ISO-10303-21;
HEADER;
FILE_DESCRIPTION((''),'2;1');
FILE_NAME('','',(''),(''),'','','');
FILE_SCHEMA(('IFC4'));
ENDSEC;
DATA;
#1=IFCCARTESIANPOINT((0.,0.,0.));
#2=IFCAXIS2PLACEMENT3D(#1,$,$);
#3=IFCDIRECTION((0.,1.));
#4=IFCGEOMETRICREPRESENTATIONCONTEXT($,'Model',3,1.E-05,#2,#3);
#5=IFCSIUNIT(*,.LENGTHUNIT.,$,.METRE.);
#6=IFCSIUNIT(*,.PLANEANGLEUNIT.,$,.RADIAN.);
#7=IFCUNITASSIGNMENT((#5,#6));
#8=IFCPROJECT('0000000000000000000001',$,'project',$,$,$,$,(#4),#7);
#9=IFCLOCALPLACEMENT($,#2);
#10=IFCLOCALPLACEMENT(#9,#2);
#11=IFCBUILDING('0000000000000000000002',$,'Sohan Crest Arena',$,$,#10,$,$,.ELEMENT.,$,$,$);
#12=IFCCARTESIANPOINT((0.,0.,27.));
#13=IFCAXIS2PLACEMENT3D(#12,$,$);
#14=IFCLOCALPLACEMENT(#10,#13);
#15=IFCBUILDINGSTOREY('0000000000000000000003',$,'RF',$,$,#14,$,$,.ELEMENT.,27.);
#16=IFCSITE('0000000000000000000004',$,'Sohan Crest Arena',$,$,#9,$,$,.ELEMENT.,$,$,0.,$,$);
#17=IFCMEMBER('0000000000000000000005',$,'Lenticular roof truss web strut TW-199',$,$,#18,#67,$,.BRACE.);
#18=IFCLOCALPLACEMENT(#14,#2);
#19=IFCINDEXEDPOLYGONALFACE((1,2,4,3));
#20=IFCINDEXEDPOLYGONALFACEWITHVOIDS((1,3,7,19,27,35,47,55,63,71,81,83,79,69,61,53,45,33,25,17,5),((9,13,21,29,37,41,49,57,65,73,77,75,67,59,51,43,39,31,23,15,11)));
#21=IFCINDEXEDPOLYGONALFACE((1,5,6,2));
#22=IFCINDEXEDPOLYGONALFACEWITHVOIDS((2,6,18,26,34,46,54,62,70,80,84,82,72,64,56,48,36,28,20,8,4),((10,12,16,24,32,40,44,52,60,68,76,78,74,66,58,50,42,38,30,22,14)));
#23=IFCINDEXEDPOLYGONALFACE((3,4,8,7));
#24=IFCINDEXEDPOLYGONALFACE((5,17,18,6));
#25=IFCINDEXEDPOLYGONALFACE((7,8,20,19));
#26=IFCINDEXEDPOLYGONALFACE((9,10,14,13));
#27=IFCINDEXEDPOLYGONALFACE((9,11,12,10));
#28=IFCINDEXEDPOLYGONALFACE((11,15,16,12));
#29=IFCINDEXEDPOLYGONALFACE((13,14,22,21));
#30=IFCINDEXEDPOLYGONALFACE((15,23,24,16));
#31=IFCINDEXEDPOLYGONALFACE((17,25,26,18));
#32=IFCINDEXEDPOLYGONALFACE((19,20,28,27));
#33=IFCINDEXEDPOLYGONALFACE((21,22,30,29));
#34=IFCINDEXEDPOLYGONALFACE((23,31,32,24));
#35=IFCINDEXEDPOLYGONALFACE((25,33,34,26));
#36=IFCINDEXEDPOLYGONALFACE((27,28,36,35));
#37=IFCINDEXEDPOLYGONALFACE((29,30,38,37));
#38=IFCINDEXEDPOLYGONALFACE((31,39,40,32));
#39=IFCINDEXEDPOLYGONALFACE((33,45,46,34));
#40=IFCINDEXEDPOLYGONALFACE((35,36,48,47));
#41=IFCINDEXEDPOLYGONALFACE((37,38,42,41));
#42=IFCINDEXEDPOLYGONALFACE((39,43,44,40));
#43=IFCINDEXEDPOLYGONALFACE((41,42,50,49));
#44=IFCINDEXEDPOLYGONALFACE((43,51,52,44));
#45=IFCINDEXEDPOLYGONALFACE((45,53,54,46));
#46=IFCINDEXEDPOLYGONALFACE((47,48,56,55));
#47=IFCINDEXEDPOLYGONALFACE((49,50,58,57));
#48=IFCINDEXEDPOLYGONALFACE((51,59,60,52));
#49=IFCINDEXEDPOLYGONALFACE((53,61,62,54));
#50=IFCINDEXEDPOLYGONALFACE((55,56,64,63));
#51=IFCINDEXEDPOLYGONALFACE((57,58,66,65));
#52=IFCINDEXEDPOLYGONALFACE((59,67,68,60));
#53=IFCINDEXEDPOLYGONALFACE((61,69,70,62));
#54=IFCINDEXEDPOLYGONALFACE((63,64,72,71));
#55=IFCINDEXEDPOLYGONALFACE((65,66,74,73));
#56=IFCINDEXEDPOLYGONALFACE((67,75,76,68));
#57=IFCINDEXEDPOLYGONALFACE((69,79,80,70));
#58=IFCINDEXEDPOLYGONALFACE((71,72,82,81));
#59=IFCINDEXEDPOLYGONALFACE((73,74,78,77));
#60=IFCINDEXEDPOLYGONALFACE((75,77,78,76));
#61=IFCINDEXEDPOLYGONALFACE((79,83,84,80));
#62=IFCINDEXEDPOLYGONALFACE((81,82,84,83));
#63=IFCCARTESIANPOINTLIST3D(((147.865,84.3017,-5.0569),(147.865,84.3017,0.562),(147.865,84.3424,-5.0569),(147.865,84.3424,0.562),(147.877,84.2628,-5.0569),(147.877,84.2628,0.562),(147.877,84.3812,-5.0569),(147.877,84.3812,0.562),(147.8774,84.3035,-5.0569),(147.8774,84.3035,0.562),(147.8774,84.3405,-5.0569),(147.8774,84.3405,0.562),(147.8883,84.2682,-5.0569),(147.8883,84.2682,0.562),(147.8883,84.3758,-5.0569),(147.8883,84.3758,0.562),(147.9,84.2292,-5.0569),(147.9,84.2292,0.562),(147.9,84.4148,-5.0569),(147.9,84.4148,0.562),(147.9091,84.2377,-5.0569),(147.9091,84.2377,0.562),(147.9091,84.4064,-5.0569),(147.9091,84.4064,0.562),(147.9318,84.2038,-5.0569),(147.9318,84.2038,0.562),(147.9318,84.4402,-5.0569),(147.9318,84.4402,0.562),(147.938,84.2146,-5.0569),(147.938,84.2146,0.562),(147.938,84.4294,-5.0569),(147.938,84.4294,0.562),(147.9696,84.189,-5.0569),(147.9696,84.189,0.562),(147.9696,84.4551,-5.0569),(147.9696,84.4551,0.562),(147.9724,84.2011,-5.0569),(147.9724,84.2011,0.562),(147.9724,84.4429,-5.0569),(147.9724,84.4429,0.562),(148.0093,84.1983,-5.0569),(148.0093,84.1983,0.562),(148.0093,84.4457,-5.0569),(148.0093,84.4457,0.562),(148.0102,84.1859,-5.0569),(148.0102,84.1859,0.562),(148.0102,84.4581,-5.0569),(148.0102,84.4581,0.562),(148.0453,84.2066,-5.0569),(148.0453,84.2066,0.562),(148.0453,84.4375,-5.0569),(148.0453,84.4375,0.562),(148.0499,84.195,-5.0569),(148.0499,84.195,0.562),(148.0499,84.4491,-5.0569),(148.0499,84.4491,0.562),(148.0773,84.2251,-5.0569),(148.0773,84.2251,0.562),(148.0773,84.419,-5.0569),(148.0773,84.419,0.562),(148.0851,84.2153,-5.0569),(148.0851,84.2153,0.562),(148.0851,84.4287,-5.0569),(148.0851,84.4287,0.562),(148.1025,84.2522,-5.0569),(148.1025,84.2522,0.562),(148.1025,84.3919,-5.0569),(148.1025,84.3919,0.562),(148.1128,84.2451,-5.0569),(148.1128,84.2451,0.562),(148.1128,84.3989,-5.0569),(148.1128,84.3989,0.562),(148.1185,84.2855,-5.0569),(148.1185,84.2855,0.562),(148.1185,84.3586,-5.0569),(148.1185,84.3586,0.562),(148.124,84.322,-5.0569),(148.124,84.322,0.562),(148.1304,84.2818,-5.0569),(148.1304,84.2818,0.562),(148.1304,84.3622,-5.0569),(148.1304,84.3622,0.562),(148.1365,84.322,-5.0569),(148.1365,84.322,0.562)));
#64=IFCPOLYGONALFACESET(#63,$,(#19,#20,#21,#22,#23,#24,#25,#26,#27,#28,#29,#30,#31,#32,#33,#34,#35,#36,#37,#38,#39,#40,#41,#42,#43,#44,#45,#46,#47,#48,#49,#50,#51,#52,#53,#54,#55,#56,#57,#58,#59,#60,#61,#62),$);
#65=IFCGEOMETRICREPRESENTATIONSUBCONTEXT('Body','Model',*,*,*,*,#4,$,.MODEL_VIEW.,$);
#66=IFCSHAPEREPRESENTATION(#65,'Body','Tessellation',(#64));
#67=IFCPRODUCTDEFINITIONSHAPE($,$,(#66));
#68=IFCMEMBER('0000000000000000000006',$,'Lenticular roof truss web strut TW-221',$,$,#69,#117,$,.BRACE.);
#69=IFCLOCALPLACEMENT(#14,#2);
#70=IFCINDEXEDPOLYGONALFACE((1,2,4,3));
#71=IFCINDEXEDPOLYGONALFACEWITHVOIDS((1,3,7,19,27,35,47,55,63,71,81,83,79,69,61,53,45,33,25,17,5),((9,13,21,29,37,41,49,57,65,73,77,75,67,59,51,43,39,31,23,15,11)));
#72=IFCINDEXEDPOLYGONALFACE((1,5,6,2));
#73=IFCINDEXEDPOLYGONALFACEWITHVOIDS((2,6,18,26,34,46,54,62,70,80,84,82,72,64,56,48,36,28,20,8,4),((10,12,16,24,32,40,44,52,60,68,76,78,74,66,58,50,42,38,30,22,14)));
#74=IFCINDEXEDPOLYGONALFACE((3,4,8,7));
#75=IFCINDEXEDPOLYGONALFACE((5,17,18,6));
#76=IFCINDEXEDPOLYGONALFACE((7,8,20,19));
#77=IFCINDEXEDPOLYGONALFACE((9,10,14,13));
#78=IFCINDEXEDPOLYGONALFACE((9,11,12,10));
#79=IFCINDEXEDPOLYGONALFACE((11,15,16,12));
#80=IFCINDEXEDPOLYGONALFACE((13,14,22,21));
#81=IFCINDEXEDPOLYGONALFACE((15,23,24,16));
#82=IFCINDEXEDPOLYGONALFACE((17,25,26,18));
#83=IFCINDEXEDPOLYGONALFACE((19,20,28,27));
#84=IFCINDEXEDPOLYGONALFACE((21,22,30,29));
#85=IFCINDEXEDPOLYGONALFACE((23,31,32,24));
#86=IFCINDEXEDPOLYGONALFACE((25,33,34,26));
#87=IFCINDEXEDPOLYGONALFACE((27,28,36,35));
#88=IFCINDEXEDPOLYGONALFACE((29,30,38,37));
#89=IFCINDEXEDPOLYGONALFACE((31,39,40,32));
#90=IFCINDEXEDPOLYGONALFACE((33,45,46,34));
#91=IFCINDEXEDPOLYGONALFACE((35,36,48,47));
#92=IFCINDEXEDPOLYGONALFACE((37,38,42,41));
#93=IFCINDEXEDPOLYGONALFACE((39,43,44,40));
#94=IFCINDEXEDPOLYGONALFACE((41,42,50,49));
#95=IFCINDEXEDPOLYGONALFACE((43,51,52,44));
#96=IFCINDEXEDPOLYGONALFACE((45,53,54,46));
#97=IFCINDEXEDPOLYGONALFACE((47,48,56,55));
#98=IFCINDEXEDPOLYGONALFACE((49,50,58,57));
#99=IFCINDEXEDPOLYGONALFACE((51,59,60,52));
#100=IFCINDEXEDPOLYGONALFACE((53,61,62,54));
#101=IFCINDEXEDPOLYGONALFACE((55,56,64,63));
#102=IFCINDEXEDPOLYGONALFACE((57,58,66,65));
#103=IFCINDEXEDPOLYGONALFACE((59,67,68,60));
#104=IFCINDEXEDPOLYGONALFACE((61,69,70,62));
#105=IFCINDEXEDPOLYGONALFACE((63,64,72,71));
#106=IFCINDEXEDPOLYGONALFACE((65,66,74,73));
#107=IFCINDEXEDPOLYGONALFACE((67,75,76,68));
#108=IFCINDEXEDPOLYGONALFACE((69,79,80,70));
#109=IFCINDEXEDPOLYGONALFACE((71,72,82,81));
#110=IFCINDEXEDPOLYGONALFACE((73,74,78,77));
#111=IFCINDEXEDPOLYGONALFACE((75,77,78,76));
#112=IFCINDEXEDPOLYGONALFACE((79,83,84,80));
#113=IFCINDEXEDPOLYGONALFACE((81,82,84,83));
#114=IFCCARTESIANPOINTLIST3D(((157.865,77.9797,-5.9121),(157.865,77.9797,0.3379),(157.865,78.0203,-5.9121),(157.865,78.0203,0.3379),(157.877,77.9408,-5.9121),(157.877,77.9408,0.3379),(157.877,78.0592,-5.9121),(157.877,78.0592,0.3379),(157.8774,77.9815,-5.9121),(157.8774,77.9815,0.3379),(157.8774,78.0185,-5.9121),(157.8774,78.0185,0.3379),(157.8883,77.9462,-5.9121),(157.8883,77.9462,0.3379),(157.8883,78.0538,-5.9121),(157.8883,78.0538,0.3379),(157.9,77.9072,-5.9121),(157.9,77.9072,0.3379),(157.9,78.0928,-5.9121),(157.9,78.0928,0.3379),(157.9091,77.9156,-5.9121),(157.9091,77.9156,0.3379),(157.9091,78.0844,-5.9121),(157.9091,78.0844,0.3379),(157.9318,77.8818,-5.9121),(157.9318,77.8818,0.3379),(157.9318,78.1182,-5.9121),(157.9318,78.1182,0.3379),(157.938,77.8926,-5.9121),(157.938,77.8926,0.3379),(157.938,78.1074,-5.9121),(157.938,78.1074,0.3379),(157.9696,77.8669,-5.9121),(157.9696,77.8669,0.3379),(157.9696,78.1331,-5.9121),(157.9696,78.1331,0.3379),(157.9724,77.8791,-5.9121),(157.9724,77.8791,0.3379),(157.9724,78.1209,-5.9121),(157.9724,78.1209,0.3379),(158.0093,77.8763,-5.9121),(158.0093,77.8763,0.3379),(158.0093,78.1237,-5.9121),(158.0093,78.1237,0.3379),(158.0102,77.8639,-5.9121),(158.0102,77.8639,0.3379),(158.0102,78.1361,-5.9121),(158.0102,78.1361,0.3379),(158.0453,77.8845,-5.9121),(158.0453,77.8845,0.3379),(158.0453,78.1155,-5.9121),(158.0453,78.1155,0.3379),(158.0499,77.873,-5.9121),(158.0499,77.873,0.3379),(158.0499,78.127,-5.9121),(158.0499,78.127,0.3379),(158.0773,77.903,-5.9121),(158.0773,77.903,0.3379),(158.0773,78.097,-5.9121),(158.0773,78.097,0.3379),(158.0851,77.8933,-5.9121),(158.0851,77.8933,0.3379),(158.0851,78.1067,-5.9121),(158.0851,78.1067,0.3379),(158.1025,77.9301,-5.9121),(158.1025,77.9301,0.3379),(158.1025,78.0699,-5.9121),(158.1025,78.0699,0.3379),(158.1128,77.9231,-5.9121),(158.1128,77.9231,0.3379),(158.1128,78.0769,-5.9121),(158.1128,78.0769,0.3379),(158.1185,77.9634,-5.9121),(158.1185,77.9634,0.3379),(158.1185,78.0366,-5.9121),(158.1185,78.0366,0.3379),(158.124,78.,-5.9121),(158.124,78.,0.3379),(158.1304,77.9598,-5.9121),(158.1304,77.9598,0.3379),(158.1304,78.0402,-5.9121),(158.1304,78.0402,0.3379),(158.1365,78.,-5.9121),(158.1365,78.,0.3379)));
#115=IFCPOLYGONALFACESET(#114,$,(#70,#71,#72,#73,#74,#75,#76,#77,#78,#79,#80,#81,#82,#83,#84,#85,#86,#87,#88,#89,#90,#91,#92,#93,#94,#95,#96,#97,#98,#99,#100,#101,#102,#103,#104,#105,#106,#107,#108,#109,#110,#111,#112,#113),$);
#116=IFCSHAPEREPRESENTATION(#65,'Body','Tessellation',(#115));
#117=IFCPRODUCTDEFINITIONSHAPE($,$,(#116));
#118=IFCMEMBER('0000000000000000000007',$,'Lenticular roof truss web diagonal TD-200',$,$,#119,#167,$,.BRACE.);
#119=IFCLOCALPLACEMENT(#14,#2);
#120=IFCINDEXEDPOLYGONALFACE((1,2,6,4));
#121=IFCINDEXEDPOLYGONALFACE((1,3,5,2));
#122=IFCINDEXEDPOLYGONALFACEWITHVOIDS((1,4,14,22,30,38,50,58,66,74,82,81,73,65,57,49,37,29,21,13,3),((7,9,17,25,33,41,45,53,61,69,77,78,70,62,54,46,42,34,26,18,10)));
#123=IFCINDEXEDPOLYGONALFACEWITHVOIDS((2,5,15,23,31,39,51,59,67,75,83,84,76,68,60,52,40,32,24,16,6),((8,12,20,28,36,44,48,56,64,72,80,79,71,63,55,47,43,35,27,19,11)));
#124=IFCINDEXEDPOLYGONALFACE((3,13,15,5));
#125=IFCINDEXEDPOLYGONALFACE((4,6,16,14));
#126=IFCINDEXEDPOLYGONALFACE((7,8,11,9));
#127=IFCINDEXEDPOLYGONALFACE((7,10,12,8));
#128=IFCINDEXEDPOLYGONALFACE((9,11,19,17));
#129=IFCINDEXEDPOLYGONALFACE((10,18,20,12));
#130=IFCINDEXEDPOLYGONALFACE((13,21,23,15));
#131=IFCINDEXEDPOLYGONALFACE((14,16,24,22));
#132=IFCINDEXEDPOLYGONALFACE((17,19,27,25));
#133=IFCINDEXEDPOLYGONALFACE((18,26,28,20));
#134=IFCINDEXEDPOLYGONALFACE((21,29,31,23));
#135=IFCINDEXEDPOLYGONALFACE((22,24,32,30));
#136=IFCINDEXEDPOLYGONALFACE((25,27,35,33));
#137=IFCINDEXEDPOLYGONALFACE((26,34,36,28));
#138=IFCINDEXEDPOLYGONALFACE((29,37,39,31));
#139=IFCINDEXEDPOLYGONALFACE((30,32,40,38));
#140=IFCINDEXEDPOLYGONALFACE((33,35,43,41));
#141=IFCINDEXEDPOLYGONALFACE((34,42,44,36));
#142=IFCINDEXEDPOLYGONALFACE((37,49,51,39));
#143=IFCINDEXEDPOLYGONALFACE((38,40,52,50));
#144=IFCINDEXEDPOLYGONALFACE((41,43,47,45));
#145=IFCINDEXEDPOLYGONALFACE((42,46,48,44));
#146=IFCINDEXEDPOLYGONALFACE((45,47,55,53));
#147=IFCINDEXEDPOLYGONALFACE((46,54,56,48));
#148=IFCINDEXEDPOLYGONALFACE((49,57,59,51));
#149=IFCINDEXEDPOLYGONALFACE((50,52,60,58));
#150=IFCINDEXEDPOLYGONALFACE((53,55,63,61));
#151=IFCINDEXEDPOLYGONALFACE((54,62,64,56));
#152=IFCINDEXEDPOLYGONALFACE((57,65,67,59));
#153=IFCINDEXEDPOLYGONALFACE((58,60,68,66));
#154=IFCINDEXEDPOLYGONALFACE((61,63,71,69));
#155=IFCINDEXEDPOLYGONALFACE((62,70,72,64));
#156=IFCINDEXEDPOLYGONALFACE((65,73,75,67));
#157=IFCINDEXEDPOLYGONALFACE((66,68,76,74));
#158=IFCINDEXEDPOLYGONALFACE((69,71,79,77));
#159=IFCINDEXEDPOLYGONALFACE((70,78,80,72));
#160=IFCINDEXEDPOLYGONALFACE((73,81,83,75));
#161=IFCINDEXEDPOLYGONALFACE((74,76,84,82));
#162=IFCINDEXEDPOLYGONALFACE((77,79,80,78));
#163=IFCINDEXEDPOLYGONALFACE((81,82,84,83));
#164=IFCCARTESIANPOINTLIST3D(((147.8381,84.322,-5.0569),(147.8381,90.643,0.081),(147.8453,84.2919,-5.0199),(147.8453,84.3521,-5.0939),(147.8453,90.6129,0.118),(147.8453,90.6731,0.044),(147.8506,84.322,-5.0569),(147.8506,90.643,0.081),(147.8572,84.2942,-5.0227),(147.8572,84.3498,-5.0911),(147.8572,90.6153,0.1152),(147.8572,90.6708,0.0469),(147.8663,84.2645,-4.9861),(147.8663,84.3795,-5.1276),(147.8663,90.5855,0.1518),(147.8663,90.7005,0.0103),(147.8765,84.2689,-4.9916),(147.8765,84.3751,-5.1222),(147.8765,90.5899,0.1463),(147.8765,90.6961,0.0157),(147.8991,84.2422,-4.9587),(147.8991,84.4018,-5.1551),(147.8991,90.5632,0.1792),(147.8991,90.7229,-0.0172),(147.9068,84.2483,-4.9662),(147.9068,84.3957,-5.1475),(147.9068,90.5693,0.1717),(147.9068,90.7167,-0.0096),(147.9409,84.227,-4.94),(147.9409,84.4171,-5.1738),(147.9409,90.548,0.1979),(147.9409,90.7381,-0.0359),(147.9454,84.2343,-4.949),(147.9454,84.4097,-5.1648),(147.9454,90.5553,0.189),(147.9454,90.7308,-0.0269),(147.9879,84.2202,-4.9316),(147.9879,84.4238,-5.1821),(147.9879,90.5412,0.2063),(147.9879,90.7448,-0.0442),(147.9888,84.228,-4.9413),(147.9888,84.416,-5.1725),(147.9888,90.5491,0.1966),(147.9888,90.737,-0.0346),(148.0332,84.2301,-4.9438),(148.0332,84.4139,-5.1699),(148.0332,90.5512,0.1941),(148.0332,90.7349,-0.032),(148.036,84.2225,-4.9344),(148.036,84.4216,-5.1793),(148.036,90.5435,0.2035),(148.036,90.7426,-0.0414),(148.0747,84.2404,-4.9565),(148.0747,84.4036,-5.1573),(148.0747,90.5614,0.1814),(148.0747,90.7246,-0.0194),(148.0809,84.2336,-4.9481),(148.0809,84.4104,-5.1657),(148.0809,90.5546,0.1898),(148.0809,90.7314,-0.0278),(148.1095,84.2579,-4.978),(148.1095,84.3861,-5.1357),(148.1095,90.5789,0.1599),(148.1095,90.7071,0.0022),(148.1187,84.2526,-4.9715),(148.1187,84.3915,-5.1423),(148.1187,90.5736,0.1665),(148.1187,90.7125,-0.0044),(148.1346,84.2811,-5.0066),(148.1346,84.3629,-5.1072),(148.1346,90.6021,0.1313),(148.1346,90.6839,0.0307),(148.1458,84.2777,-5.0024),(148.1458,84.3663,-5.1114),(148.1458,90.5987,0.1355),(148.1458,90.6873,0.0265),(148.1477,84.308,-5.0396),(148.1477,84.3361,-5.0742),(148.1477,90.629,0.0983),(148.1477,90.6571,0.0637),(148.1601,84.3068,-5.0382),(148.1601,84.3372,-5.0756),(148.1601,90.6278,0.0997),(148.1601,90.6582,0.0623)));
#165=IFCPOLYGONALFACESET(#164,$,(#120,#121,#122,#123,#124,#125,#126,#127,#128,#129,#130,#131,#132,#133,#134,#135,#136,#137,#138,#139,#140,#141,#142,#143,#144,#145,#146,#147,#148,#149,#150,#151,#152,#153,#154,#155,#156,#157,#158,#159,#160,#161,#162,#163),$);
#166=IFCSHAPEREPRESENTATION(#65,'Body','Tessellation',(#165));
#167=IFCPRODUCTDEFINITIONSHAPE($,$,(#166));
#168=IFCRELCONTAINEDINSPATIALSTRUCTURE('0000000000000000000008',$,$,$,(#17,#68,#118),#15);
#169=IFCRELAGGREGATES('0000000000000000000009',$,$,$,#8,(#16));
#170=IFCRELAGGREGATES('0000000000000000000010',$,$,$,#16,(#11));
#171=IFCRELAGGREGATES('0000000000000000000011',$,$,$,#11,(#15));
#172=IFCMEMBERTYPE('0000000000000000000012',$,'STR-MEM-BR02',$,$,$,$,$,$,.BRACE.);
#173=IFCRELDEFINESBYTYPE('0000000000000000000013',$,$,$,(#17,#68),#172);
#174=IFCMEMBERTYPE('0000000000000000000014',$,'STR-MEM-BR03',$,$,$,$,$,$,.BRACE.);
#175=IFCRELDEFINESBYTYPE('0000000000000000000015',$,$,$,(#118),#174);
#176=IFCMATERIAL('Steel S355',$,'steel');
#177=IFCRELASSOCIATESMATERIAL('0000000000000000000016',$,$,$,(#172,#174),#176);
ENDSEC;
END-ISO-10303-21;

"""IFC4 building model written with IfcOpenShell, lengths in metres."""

from ifc_helpers import new_model, si_unit, direction, frame, origin, origin_2d, place, context, subcontext, project, spatial, hollow_circle, extrude, material, material_profile, profile_set, type_object, element, save


model = new_model("IFC4")

# Units and contexts
model_context = context("Model", 3, precision=1e-05, world=origin(), true_north=direction((0.0, 1.0)))
body_context = subcontext(model_context, "Body", "Model", "MODEL_VIEW")
ifc_project = project(units=[si_unit("LENGTHUNIT", "METRE"), si_unit("PLANEANGLEUNIT", "RADIAN")], contexts=[model_context])

# Site, building, storey
site_placement = place(None, origin())
site = spatial("IfcSite", under=ifc_project, at=site_placement, Name="Sohan Crest Arena", CompositionType="ELEMENT", RefElevation=0.0)
building_placement = place(site_placement, origin())
building = spatial("IfcBuilding", under=site, at=building_placement, Name="Sohan Crest Arena", CompositionType="ELEMENT")
storey_placement = place(building_placement, frame((0.0, 0.0, 27.0)))
storey = spatial("IfcBuildingStorey", under=building, at=storey_placement, Name="RF", CompositionType="ELEMENT", Elevation=27.0)

# Shared definitions
ifc_material_1 = material(Name="Steel S355", Category="steel")

# Members
ifc_material_profile_1 = material_profile(ifc_material_1, hollow_circle(Radius=0.1365, WallThickness=0.0125, at=origin_2d()), Name="CHS 273x12.5")
ifc_profile_set_1 = profile_set([ifc_material_profile_1], Name="Steel S355")
member_type_1 = type_object("IfcMemberType", Name="STR-MEM-BR02", PredefinedType="BRACE", material=ifc_profile_set_1)
member_1_placement = place(storey_placement, frame((148.0, 84.322, -5.0569), z_axis=(0.0, 0.0, 1.0), x_axis=(1.0, 0.0, 0.0)))
element("IfcMember", 1, at=member_1_placement, inside=storey, type_object=member_type_1, Name="Lenticular roof truss web strut TW-199", PredefinedType="BRACE", context=body_context, shape_type="SweptSolid", body=[
    extrude(hollow_circle(Radius=0.1365, WallThickness=0.0125, at=origin_2d()), origin(), (0.0, 0.0, 1.0), 5.6189),
])
member_2_placement = place(storey_placement, frame((158.0, 78.0, -5.9121), z_axis=(0.0, 0.0, 1.0), x_axis=(1.0, 0.0, 0.0)))
element("IfcMember", 2, at=member_2_placement, inside=storey, type_object=member_type_1, Name="Lenticular roof truss web strut TW-221", PredefinedType="BRACE", context=body_context, shape_type="SweptSolid", body=[
    extrude(hollow_circle(Radius=0.1365, WallThickness=0.0125, at=origin_2d()), origin(), (0.0, 0.0, 1.0), 6.25),
])
ifc_material_profile_2 = material_profile(ifc_material_1, hollow_circle(Radius=0.1619, WallThickness=0.0125, at=origin_2d()), Name="CHS 323.9x12.5")
ifc_profile_set_2 = profile_set([ifc_material_profile_2], Name="Steel S355")
member_type_2 = type_object("IfcMemberType", Name="STR-MEM-BR03", PredefinedType="BRACE", material=ifc_profile_set_2)
member_3_placement = place(storey_placement, frame((148.0, 84.322, -5.0569), z_axis=(0.0, 0.775988, 0.630747), x_axis=(-1.0, 0.0, 0.0)))
element("IfcMember", 3, at=member_3_placement, inside=storey, type_object=member_type_2, Name="Lenticular roof truss web diagonal TD-200", PredefinedType="BRACE", context=body_context, shape_type="SweptSolid", body=[
    extrude(hollow_circle(Radius=0.1619, WallThickness=0.0125, at=origin_2d()), origin(), (0.0, 0.0, 1.0), 8.1458),
])

save(model, "model.ifc")
